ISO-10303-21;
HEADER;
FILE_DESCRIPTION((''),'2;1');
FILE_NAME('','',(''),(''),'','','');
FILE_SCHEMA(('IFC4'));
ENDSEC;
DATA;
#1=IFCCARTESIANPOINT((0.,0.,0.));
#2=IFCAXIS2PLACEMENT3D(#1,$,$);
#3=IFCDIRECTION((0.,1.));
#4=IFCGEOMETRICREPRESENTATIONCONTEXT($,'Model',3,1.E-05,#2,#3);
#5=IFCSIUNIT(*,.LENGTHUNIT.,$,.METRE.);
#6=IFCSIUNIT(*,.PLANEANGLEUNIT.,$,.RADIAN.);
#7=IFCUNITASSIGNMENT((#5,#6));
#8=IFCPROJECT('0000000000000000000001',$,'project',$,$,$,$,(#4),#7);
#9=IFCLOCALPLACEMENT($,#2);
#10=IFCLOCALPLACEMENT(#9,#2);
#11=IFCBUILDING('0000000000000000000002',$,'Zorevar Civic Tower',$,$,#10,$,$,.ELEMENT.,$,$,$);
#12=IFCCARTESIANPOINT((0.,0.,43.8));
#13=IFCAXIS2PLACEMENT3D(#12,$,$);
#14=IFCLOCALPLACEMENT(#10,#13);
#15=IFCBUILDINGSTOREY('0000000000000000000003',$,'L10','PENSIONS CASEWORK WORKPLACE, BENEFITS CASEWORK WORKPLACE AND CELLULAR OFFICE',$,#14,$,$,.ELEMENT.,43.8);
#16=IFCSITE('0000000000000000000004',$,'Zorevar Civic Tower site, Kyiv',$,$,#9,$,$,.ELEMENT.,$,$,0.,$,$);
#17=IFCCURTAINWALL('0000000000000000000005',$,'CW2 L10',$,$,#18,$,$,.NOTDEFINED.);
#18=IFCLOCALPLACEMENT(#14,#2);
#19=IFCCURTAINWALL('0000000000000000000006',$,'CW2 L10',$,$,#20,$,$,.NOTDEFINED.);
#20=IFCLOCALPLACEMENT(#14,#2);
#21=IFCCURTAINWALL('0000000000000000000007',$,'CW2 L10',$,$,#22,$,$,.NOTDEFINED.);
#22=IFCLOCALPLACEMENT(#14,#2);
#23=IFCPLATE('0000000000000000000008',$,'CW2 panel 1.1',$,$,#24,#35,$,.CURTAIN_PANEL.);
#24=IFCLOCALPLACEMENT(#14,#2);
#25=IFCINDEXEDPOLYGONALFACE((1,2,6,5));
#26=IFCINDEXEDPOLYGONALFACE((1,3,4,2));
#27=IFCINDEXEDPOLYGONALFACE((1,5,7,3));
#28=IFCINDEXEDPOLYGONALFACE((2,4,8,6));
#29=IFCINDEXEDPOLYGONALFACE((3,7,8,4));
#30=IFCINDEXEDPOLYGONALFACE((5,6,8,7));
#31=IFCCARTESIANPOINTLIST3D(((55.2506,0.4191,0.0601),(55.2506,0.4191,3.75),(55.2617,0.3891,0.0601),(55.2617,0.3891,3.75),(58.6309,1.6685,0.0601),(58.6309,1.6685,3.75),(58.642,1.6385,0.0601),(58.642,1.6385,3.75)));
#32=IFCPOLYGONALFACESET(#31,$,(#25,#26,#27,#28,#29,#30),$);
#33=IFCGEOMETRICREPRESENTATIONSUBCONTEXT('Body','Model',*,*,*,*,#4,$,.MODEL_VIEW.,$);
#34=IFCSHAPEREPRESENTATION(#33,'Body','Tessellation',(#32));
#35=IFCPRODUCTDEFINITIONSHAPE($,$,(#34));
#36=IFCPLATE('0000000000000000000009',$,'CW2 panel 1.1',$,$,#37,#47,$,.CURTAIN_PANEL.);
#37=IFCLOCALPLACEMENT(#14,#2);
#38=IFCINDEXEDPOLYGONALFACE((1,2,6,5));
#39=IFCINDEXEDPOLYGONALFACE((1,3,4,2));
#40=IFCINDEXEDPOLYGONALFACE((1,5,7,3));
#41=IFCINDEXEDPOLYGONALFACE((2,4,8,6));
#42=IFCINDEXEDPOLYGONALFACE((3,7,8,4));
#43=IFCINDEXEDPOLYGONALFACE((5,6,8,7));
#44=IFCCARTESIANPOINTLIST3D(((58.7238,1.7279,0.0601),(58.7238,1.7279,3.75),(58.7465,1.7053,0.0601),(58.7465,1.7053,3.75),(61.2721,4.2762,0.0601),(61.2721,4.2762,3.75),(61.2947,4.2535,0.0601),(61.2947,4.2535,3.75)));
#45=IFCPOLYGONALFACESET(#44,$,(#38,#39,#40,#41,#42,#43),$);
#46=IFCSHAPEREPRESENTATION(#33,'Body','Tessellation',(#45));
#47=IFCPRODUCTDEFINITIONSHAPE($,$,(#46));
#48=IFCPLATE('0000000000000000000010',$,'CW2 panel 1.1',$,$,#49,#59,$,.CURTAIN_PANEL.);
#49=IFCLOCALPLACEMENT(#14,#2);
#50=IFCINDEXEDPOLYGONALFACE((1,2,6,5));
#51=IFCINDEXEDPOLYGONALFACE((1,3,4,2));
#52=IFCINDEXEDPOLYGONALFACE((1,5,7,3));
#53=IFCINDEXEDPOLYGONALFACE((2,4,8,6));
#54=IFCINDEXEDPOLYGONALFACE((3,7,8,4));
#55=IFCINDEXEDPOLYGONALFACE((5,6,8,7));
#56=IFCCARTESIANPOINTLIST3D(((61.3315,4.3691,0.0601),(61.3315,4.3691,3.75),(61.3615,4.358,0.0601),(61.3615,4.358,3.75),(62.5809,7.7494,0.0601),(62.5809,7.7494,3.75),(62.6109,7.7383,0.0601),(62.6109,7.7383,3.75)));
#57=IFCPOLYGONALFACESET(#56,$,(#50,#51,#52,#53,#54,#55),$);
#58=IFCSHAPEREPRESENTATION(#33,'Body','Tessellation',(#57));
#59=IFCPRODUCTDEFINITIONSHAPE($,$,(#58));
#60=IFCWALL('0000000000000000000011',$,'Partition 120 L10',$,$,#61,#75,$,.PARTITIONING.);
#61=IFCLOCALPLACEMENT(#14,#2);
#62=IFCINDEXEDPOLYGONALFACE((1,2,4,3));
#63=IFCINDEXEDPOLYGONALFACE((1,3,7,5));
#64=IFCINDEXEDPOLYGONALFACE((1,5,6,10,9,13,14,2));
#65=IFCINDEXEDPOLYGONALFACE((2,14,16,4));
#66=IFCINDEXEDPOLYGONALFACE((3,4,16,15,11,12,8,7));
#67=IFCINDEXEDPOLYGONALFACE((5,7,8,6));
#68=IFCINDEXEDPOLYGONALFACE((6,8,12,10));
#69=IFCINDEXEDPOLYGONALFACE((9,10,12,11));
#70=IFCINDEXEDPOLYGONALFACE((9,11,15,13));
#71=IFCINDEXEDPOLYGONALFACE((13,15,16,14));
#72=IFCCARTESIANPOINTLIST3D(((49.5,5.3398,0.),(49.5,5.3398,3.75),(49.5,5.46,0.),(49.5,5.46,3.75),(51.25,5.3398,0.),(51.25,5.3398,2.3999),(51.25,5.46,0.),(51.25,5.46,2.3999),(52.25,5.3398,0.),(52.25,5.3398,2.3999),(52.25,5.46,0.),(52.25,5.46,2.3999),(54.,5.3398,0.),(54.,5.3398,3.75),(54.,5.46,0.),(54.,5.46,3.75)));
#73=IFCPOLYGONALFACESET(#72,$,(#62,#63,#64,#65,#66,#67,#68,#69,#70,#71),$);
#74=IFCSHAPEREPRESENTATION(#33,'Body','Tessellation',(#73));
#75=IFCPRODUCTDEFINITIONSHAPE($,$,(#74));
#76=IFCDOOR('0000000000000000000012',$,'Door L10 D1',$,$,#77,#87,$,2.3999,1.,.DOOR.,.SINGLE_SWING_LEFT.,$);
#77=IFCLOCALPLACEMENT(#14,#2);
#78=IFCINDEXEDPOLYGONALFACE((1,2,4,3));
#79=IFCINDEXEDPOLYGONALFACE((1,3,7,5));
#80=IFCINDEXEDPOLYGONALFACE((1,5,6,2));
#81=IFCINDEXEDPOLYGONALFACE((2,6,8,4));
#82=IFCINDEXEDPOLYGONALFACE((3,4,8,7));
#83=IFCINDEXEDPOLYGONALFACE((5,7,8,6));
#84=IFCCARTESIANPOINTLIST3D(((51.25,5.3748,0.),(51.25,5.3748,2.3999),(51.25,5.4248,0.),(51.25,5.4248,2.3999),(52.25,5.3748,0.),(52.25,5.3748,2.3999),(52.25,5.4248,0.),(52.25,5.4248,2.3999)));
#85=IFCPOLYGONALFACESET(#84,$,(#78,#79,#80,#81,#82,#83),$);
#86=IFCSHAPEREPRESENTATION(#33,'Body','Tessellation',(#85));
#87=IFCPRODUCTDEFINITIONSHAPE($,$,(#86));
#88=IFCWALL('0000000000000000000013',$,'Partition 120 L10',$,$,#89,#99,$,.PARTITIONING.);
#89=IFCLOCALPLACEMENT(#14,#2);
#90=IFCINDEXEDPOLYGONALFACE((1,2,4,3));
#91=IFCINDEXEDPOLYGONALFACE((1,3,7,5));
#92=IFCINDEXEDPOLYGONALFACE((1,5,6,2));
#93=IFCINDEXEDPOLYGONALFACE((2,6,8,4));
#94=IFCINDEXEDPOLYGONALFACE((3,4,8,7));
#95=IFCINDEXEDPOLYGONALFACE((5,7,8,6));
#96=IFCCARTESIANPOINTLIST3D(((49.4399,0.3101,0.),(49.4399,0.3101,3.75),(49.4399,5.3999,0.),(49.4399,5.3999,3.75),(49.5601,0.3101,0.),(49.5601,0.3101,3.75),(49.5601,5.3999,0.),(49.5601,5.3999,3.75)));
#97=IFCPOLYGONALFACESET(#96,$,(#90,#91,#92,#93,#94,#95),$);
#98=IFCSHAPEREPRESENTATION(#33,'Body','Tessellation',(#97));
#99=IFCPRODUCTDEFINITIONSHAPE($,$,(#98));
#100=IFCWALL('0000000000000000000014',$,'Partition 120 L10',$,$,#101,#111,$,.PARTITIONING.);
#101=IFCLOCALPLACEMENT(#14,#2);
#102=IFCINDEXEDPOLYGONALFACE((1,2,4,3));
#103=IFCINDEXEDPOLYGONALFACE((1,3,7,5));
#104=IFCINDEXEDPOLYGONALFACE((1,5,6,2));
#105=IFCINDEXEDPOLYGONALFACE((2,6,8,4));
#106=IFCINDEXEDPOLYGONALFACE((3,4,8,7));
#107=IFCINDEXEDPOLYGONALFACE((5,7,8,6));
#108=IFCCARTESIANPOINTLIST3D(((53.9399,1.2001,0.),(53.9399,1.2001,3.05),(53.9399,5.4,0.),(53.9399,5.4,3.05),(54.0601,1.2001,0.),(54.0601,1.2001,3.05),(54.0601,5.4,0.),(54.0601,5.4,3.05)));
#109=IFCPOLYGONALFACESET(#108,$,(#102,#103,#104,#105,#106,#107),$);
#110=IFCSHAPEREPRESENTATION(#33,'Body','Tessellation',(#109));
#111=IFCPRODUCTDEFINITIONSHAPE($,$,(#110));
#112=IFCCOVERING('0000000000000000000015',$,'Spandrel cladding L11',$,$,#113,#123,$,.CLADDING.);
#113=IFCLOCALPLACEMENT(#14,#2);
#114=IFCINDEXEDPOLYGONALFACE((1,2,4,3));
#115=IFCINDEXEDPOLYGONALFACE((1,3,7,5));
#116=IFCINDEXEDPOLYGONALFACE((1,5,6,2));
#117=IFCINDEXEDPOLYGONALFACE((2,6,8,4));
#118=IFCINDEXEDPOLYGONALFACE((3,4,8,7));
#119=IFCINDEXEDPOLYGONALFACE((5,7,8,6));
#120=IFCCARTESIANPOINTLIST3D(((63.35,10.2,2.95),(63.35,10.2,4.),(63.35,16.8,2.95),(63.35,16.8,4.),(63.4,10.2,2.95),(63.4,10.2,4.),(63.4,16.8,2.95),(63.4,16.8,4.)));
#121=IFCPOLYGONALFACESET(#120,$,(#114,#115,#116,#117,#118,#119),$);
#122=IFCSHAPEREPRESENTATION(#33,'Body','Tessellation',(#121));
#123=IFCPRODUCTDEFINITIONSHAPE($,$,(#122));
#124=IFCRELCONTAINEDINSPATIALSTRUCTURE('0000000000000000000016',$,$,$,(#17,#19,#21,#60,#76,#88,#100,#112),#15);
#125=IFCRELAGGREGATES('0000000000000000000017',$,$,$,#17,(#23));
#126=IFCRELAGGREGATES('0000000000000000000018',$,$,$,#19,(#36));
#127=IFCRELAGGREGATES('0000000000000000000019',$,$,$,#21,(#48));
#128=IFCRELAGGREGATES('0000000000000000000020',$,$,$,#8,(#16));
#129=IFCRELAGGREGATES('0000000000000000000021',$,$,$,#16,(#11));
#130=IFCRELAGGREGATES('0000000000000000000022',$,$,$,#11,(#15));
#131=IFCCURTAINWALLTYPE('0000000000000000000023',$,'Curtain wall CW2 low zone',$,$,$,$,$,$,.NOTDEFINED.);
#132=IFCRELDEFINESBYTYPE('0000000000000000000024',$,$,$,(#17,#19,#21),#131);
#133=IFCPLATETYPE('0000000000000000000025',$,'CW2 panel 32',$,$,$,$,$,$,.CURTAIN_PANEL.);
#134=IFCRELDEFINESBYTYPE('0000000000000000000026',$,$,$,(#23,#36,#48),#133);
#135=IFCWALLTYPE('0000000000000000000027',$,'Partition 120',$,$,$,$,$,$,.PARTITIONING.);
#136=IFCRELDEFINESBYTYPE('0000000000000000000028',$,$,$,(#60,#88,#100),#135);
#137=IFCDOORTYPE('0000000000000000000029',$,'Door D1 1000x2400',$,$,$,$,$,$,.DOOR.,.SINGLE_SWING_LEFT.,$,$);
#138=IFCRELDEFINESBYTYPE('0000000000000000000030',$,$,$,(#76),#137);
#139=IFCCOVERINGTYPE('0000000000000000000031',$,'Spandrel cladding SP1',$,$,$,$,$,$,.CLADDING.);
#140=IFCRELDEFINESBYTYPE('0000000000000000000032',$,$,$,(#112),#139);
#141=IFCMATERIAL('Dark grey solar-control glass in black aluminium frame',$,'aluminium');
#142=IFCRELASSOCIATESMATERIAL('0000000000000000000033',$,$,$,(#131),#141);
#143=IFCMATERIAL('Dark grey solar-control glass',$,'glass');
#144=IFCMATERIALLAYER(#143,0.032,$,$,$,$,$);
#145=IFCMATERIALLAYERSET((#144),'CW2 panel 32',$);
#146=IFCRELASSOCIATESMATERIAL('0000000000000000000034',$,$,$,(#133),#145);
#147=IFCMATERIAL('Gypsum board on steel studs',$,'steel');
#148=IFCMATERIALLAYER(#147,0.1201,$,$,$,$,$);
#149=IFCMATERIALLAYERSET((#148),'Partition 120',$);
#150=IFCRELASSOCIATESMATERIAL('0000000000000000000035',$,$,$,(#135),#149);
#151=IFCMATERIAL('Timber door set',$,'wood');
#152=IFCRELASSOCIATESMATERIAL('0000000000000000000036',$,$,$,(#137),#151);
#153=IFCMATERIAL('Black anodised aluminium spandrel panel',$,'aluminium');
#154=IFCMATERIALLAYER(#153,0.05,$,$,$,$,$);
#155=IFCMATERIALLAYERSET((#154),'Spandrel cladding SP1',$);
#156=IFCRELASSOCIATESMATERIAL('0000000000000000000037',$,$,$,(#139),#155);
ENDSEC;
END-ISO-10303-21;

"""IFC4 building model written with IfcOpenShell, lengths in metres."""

from ifc_helpers import new_model, si_unit, direction, frame, frame_2d, origin, origin_2d, place, context, subcontext, project, spatial, rectangle, extrude, material, layer, layer_set, type_object, element, fill, aggregate, save


model = new_model("IFC4")

# Units and contexts
model_context = context("Model", 3, precision=1e-05, world=origin(), true_north=direction((0.0, 1.0)))
body_context = subcontext(model_context, "Body", "Model", "MODEL_VIEW")
ifc_project = project(units=[si_unit("LENGTHUNIT", "METRE"), si_unit("PLANEANGLEUNIT", "RADIAN")], contexts=[model_context])

# Site, building, storey
site_placement = place(None, origin())
site = spatial("IfcSite", under=ifc_project, at=site_placement, Name="Zorevar Civic Tower site, Kyiv", CompositionType="ELEMENT", RefElevation=0.0)
building_placement = place(site_placement, origin())
building = spatial("IfcBuilding", under=site, at=building_placement, Name="Zorevar Civic Tower", CompositionType="ELEMENT")
storey_placement = place(building_placement, frame((0.0, 0.0, 43.8)))
storey = spatial("IfcBuildingStorey", under=building, at=storey_placement, Name="L10", Description="PENSIONS CASEWORK WORKPLACE, BENEFITS CASEWORK WORKPLACE AND CELLULAR OFFICE", CompositionType="ELEMENT", Elevation=43.8)

# Shared definitions
ifc_material_1 = material(Name="Dark grey solar-control glass in black aluminium frame", Category="aluminium")
curtain_wall_type = type_object("IfcCurtainWallType", Name="Curtain wall CW2 low zone", PredefinedType="NOTDEFINED", material=ifc_material_1)

# Curtain walls
curtain_wall_1_placement = place(storey_placement, origin())
curtain_wall_1 = element("IfcCurtainWall", 1, at=curtain_wall_1_placement, inside=storey, type_object=curtain_wall_type, Name="CW2 L10", PredefinedType="NOTDEFINED")
curtain_wall_2_placement = place(storey_placement, origin())
curtain_wall_2 = element("IfcCurtainWall", 2, at=curtain_wall_2_placement, inside=storey, type_object=curtain_wall_type, Name="CW2 L10", PredefinedType="NOTDEFINED")
curtain_wall_3_placement = place(storey_placement, origin())
curtain_wall_3 = element("IfcCurtainWall", 3, at=curtain_wall_3_placement, inside=storey, type_object=curtain_wall_type, Name="CW2 L10", PredefinedType="NOTDEFINED")

# Plates
ifc_material_2 = material(Name="Dark grey solar-control glass", Category="glass")
ifc_layer_1 = layer(ifc_material_2, 0.032)
ifc_layer_set_1 = layer_set([ifc_layer_1], Name="CW2 panel 32")
plate_type = type_object("IfcPlateType", Name="CW2 panel 32", PredefinedType="CURTAIN_PANEL", material=ifc_layer_set_1)
plate_1_placement = place(storey_placement, frame((56.9463, 1.0288, 0.0601), z_axis=(0.0, 0.0, 1.0), x_axis=(0.937975, 0.346704, 0.0)))
plate_1 = element("IfcPlate", 4, at=plate_1_placement, type_object=plate_type, Name="CW2 panel 1.1", PredefinedType="CURTAIN_PANEL", context=body_context, shape_type="SweptSolid", body=[
    extrude(rectangle(XDim=3.6038, YDim=0.032, at=origin_2d()), origin(), (0.0, 0.0, 1.0), 3.6899),
])
aggregate(curtain_wall_1, [plate_1])
plate_2_placement = place(storey_placement, frame((60.0093, 2.9907, 0.0601), z_axis=(0.0, 0.0, 1.0), x_axis=(0.707107, 0.707107, 0.0)))
plate_2 = element("IfcPlate", 5, at=plate_2_placement, type_object=plate_type, Name="CW2 panel 1.1", PredefinedType="CURTAIN_PANEL", context=body_context, shape_type="SweptSolid", body=[
    extrude(rectangle(XDim=3.6038, YDim=0.032, at=origin_2d()), origin(), (0.0, 0.0, 1.0), 3.6899),
])
aggregate(curtain_wall_2, [plate_2])
plate_3_placement = place(storey_placement, frame((61.9712, 6.0537, 0.0601), z_axis=(0.0, 0.0, 1.0), x_axis=(0.346704, 0.937975, 0.0)))
plate_3 = element("IfcPlate", 6, at=plate_3_placement, type_object=plate_type, Name="CW2 panel 1.1", PredefinedType="CURTAIN_PANEL", context=body_context, shape_type="SweptSolid", body=[
    extrude(rectangle(XDim=3.6038, YDim=0.032, at=origin_2d()), origin(), (0.0, 0.0, 1.0), 3.6899),
])
aggregate(curtain_wall_3, [plate_3])

# Wall, opening, door
ifc_material_3 = material(Name="Gypsum board on steel studs", Category="steel")
ifc_layer_2 = layer(ifc_material_3, 0.1201)
ifc_layer_set_2 = layer_set([ifc_layer_2], Name="Partition 120")
wall_type = type_object("IfcWallType", Name="Partition 120", PredefinedType="PARTITIONING", material=ifc_layer_set_2)
wall_1_placement = place(storey_placement, frame((49.5, 5.3999, 0.0), z_axis=(0.0, 0.0, 1.0), x_axis=(1.0, 0.0, 0.0)))
wall_1 = element("IfcWall", 7, at=wall_1_placement, inside=storey, type_object=wall_type, Name="Partition 120 L10", PredefinedType="PARTITIONING", context=body_context, shape_type="SweptSolid", body=[
    extrude(rectangle(XDim=4.5, YDim=0.1201, at=frame_2d((2.25, 0.0))), origin(), (0.0, 0.0, 1.0), 3.75),
])
opening_placement = place(wall_1_placement, frame((1.75, 0.0, 0.0)))
opening = element("IfcOpeningElement", 8, at=opening_placement, cuts=wall_1, PredefinedType="OPENING", context=body_context, shape_type="SweptSolid", body=[
    extrude(rectangle(XDim=1.0, YDim=2.3999, at=frame_2d((0.5, 1.2))), frame((0.0, 0.0701, 0.0), z_axis=(0.0, -1.0, 0.0), x_axis=(1.0, 0.0, 0.0)), (0.0, 0.0, 1.0), 0.1401),
])
ifc_material_4 = material(Name="Timber door set", Category="wood")
door_type = type_object("IfcDoorType", Name="Door D1 1000x2400", OperationType="SINGLE_SWING_LEFT", PredefinedType="DOOR", material=ifc_material_4)
door_placement = place(opening_placement, origin())
door = element("IfcDoor", 9, at=door_placement, inside=storey, type_object=door_type, Name="Door L10 D1", OperationType="SINGLE_SWING_LEFT", OverallHeight=2.3999, OverallWidth=1.0, PredefinedType="DOOR", context=body_context, shape_type="SweptSolid", body=[
    extrude(rectangle(XDim=1.0, YDim=2.3999, at=frame_2d((0.5, 1.2))), frame((0.0, 0.0249, 0.0), z_axis=(0.0, -1.0, 0.0), x_axis=(1.0, 0.0, 0.0)), (0.0, 0.0, 1.0), 0.05),
])
fill(opening, door)

# Walls
wall_2_placement = place(storey_placement, frame((49.5, 0.3101, 0.0), z_axis=(0.0, 0.0, 1.0), x_axis=(0.0, 1.0, 0.0)))
element("IfcWall", 10, at=wall_2_placement, inside=storey, type_object=wall_type, Name="Partition 120 L10", PredefinedType="PARTITIONING", context=body_context, shape_type="SweptSolid", body=[
    extrude(rectangle(XDim=5.0898, YDim=0.1201, at=frame_2d((2.5449, 0.0))), origin(), (0.0, 0.0, 1.0), 3.75),
])
wall_3_placement = place(storey_placement, frame((54.0, 1.2, 0.0), z_axis=(0.0, 0.0, 1.0), x_axis=(0.0, 1.0, 0.0)))
element("IfcWall", 11, at=wall_3_placement, inside=storey, type_object=wall_type, Name="Partition 120 L10", PredefinedType="PARTITIONING", context=body_context, shape_type="SweptSolid", body=[
    extrude(rectangle(XDim=4.2, YDim=0.1201, at=frame_2d((2.1001, 0.0))), origin(), (0.0, 0.0, 1.0), 3.05),
])

# Covering
ifc_material_5 = material(Name="Black anodised aluminium spandrel panel", Category="aluminium")
ifc_layer_3 = layer(ifc_material_5, 0.05)
ifc_layer_set_3 = layer_set([ifc_layer_3], Name="Spandrel cladding SP1")
covering_type = type_object("IfcCoveringType", Name="Spandrel cladding SP1", PredefinedType="CLADDING", material=ifc_layer_set_3)
covering_placement = place(storey_placement, frame((63.375, 10.2, 2.95), z_axis=(0.0, 0.0, 1.0), x_axis=(0.0, 1.0, 0.0)))
element("IfcCovering", 12, at=covering_placement, inside=storey, type_object=covering_type, Name="Spandrel cladding L11", PredefinedType="CLADDING", context=body_context, shape_type="SweptSolid", body=[
    extrude(rectangle(XDim=6.6001, YDim=0.05, at=frame_2d((3.3, 0.0))), origin(), (0.0, 0.0, 1.0), 1.05),
])

save(model, "model.ifc")
